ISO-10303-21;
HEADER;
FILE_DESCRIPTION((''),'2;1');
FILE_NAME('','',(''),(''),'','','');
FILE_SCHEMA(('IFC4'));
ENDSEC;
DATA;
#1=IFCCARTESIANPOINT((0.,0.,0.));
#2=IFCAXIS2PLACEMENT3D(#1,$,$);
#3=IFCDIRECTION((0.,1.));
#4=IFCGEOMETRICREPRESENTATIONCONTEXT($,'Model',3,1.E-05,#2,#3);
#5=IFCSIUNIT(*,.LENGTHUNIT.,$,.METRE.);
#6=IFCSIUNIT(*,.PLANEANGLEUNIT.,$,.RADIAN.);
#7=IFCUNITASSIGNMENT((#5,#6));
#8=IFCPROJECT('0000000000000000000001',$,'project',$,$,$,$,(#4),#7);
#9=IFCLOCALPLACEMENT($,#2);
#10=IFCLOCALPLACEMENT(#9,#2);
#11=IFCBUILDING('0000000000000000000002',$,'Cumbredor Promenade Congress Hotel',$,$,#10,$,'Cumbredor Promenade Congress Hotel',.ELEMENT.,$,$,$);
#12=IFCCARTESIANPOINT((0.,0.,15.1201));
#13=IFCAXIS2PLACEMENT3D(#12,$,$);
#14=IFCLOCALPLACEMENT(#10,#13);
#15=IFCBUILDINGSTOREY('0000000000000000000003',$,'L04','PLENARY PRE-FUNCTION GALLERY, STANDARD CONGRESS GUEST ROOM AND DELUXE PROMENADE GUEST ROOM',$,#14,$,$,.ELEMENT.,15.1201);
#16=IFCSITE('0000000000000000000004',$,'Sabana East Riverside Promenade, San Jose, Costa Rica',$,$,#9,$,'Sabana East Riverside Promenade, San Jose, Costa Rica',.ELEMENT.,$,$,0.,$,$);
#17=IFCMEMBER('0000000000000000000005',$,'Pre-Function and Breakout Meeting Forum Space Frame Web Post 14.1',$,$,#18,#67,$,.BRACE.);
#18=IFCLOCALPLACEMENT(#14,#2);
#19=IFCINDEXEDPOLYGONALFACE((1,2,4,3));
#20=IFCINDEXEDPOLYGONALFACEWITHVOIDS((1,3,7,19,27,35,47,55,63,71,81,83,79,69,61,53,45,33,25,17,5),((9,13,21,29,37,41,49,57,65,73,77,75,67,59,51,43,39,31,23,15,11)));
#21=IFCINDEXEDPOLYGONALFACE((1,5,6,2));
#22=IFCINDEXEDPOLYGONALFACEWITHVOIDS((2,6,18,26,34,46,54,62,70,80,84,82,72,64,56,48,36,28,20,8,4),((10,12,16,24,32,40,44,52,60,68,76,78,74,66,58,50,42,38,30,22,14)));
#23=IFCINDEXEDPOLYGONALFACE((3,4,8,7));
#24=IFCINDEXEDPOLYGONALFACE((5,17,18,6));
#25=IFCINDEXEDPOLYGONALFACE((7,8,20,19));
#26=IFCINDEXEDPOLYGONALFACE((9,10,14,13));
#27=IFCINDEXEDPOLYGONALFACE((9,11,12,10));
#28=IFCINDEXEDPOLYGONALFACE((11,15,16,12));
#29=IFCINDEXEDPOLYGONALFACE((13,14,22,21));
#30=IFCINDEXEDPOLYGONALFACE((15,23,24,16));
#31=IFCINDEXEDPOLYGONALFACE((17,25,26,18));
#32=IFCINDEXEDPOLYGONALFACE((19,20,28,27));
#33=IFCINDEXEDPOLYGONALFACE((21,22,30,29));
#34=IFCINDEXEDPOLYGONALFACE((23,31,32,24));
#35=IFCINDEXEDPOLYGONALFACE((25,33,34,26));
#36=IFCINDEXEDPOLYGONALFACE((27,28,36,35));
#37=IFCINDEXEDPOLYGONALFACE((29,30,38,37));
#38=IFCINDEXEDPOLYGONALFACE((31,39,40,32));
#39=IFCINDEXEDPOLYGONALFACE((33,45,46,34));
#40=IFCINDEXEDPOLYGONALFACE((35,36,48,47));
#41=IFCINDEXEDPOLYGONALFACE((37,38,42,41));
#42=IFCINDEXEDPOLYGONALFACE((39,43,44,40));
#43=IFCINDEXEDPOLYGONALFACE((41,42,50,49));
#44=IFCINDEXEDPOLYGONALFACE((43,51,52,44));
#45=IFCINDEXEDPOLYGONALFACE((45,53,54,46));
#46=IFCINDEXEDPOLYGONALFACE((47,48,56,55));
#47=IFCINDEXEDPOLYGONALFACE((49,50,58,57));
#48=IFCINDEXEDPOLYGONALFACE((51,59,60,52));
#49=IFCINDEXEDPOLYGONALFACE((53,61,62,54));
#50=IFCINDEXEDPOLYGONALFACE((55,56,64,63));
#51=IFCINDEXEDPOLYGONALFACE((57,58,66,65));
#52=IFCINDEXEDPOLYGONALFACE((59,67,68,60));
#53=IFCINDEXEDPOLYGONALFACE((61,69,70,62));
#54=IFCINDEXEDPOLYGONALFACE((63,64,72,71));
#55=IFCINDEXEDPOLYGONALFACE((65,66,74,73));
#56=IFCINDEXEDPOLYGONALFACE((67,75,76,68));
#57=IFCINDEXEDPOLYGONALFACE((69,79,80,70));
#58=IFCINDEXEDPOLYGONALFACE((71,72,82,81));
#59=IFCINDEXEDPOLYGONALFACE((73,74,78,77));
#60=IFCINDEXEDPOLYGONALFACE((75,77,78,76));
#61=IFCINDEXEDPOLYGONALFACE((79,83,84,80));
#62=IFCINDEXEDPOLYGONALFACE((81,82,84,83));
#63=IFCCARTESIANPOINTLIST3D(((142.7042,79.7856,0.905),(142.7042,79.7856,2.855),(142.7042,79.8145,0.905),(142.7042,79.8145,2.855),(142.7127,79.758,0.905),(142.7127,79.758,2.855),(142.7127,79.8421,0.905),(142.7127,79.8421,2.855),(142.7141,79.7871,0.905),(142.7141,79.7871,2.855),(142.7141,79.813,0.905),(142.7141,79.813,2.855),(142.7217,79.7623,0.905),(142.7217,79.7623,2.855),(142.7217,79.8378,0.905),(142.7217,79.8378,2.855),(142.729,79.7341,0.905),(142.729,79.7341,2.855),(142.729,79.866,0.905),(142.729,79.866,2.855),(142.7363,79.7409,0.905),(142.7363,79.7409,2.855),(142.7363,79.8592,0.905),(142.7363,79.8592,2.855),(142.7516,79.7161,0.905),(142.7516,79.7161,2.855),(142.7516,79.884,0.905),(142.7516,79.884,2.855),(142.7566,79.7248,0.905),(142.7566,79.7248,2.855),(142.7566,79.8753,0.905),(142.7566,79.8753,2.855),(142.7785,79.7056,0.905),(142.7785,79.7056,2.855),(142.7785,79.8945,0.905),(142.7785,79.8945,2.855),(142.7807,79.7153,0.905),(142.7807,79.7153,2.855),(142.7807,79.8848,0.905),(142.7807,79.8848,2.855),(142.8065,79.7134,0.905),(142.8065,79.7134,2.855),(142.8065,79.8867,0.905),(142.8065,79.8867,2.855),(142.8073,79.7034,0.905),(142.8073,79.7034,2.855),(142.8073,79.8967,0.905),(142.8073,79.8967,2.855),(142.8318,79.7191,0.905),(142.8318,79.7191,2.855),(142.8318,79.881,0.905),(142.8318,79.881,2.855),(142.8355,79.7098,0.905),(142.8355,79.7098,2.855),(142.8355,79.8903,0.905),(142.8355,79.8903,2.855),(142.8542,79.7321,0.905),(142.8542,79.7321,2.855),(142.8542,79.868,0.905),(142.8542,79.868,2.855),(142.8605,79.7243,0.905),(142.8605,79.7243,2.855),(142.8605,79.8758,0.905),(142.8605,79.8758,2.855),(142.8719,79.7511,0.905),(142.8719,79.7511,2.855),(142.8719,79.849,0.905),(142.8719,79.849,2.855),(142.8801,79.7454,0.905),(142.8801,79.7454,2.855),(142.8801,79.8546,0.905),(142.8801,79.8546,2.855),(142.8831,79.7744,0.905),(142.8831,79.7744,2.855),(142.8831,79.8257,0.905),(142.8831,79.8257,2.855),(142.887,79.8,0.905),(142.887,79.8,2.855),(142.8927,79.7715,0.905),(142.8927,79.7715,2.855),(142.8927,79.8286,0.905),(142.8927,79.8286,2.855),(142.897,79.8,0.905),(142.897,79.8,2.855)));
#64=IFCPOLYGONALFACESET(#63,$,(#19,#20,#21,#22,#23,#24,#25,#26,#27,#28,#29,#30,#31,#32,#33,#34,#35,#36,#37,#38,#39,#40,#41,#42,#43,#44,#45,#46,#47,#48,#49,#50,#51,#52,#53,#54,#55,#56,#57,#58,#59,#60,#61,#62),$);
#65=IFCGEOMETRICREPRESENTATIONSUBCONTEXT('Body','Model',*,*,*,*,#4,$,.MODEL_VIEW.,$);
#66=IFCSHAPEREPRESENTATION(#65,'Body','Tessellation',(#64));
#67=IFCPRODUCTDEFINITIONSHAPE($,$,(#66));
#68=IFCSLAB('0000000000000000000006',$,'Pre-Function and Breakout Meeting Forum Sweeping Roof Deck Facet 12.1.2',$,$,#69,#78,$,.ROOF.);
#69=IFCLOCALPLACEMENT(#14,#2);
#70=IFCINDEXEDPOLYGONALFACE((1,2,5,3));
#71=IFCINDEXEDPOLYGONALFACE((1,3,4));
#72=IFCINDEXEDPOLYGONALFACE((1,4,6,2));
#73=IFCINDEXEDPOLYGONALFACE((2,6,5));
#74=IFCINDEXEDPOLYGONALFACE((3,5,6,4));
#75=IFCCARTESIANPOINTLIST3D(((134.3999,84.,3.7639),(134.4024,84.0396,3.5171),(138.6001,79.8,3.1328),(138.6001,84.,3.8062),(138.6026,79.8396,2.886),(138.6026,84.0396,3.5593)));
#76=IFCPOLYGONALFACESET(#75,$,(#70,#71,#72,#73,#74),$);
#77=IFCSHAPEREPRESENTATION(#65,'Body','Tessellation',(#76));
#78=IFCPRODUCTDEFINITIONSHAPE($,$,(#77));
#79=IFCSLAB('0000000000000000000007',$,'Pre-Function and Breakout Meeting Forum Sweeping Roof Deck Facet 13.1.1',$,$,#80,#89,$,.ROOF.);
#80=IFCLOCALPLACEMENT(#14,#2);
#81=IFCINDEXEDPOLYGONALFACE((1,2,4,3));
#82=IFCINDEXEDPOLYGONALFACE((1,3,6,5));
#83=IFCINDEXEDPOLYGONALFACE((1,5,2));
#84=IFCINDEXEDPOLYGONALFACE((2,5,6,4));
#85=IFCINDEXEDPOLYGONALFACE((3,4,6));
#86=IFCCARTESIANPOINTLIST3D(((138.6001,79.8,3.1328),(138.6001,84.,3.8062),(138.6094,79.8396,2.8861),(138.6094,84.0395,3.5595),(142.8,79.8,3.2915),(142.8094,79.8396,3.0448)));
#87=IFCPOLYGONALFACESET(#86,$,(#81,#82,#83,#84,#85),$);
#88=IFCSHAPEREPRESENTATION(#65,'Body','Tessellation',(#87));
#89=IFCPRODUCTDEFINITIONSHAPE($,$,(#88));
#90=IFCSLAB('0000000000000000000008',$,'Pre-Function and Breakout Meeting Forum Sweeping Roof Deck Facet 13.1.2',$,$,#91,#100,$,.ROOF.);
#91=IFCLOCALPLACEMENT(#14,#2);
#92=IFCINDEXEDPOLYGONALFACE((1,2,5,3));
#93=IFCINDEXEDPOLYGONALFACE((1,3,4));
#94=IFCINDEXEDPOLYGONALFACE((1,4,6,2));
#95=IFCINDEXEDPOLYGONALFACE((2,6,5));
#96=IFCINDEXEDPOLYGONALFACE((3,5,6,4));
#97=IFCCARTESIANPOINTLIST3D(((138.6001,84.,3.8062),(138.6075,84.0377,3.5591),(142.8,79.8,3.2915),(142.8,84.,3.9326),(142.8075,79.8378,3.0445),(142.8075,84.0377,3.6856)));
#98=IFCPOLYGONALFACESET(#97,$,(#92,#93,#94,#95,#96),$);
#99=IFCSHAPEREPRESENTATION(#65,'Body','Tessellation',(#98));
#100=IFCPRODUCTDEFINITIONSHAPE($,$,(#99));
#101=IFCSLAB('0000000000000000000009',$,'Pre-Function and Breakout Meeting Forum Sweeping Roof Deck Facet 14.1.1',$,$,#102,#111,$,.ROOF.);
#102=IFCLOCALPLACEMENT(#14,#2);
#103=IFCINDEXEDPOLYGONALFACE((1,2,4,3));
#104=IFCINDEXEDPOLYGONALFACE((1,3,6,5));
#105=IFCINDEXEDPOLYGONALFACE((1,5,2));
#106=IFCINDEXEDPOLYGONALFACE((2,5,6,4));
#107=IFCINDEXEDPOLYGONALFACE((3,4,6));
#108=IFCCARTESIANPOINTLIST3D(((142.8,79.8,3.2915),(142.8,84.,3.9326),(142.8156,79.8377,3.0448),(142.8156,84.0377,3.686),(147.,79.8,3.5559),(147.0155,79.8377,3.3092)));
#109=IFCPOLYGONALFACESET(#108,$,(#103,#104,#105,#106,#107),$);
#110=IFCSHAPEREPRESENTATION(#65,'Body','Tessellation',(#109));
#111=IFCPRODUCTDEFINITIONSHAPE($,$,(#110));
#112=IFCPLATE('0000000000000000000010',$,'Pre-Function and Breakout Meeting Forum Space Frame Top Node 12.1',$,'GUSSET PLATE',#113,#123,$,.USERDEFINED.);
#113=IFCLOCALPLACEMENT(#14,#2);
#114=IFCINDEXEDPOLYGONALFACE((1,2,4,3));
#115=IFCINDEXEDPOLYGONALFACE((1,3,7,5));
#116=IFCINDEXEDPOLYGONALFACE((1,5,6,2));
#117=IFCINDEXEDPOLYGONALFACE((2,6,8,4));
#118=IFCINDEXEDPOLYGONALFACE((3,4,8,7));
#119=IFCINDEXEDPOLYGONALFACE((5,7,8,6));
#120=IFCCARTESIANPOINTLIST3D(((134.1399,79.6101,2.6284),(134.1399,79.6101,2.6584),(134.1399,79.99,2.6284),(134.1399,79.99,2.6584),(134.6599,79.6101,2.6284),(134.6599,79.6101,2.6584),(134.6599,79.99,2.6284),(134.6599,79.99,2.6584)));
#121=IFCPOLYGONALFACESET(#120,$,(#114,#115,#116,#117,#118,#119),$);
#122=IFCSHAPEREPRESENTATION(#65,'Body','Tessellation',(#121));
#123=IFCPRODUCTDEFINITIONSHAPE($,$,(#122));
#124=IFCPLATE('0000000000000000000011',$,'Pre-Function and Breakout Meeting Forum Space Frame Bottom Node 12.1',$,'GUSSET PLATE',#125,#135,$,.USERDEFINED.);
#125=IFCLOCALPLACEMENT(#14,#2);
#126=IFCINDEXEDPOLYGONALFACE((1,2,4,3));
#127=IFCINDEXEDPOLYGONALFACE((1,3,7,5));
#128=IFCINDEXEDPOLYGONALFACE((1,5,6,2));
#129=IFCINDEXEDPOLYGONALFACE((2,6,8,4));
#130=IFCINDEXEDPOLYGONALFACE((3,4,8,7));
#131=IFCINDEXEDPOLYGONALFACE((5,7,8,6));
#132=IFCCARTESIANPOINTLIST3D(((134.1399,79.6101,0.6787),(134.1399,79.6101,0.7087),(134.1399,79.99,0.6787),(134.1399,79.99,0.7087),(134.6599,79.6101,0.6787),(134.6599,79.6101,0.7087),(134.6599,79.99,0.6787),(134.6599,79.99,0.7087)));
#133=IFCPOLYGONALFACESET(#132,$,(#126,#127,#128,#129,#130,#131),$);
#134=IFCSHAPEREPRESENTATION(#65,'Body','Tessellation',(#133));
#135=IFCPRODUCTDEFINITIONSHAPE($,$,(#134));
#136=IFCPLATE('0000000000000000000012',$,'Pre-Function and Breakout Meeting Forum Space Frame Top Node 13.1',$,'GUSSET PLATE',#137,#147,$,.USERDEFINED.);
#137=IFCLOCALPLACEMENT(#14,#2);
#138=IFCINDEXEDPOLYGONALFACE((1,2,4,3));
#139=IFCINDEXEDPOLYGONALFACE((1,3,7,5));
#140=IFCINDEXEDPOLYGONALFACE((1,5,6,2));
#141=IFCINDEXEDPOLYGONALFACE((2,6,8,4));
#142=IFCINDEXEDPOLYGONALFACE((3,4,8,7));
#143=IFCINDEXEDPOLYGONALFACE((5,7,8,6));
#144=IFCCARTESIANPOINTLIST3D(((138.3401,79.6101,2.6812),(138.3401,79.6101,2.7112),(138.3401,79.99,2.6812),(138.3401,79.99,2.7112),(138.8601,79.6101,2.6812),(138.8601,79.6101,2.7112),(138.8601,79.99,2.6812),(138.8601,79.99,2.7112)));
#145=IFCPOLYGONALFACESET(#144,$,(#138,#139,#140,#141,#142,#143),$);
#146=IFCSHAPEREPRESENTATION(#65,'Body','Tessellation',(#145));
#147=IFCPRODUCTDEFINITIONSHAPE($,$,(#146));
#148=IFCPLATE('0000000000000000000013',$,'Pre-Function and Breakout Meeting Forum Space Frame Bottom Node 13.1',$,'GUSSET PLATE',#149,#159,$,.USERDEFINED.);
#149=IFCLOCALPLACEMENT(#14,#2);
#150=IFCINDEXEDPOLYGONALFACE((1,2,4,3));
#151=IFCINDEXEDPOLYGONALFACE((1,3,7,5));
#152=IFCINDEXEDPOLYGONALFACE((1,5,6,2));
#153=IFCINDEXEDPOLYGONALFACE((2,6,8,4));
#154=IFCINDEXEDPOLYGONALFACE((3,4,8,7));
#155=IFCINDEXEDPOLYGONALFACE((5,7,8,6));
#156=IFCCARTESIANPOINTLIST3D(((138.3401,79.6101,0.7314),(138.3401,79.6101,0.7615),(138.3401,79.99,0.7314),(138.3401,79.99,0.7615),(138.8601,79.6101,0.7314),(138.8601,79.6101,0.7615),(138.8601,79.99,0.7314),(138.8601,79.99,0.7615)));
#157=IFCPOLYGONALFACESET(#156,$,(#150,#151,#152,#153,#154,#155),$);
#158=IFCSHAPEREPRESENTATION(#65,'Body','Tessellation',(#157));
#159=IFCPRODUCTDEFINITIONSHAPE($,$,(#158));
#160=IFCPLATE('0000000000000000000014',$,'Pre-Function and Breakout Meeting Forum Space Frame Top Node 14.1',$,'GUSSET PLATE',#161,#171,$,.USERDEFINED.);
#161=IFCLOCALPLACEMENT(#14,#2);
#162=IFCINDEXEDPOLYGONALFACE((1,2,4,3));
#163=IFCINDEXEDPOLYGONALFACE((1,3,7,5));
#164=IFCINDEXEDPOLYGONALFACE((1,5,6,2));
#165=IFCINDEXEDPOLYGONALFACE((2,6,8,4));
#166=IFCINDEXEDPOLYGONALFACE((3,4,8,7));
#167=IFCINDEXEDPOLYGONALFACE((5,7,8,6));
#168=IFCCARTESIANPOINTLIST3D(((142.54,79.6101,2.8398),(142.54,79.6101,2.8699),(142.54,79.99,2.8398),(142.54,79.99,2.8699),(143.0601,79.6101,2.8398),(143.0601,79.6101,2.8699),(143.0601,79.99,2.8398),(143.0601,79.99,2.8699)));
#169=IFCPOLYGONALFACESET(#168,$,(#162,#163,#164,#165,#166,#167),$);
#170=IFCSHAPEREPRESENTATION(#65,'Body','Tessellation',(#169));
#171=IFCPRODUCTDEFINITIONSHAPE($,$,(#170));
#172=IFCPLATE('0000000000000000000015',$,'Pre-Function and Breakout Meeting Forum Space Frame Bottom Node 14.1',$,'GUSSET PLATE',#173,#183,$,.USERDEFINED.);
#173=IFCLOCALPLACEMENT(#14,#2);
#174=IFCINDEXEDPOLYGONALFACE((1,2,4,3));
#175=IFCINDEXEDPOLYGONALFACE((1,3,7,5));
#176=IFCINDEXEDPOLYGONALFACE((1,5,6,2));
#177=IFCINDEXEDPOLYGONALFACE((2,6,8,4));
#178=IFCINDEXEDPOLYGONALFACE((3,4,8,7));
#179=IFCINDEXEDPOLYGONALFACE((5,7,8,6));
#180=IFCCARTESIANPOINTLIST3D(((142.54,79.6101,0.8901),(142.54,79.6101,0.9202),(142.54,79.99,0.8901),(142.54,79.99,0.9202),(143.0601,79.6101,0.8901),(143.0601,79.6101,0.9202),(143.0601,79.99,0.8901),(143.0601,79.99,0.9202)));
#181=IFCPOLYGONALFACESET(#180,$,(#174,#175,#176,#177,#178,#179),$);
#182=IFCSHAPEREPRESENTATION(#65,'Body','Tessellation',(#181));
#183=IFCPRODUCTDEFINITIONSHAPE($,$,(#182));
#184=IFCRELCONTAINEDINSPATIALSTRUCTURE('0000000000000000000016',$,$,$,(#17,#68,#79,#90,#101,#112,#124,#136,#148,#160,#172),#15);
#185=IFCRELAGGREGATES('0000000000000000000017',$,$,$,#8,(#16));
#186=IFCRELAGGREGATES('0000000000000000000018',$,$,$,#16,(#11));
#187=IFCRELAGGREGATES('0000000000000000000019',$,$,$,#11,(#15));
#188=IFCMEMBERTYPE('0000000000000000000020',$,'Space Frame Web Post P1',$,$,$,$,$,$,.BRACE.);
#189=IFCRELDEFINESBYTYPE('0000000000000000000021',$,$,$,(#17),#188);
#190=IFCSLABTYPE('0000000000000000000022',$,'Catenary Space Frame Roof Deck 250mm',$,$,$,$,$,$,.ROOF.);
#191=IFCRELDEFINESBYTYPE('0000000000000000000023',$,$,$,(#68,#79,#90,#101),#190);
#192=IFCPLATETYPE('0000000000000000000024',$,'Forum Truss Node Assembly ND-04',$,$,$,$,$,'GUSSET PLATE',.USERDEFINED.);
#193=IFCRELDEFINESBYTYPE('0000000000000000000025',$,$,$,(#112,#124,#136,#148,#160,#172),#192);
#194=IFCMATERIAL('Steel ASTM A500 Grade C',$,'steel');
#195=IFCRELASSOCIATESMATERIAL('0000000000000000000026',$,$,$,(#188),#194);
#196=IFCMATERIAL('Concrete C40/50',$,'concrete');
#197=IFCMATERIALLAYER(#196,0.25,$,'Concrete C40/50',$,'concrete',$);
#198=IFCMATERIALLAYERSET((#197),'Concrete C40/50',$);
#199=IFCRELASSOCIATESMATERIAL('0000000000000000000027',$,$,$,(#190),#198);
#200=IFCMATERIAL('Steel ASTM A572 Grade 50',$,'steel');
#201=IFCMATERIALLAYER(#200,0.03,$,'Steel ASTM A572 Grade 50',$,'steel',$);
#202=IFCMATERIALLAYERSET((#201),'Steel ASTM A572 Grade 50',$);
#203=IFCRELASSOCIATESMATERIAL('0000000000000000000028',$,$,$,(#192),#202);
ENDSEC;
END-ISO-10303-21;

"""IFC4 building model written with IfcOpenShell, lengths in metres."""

from ifc_helpers import new_model, si_unit, direction, frame, origin, origin_2d, place, context, subcontext, project, spatial, polyline, rectangle, hollow_circle, outline, extrude, material, layer, layer_set, material_profile, profile_set, type_object, element, save


model = new_model("IFC4")

# Units and contexts
model_context = context("Model", 3, precision=1e-05, world=origin(), true_north=direction((0.0, 1.0)))
body_context = subcontext(model_context, "Body", "Model", "MODEL_VIEW")
ifc_project = project(units=[si_unit("LENGTHUNIT", "METRE"), si_unit("PLANEANGLEUNIT", "RADIAN")], contexts=[model_context])

# Site, building, storey
site_placement = place(None, origin())
site = spatial("IfcSite", under=ifc_project, at=site_placement, Name="Sabana East Riverside Promenade, San Jose, Costa Rica", LongName="Sabana East Riverside Promenade, San Jose, Costa Rica", CompositionType="ELEMENT", RefElevation=0.0)
building_placement = place(site_placement, origin())
building = spatial("IfcBuilding", under=site, at=building_placement, Name="Cumbredor Promenade Congress Hotel", LongName="Cumbredor Promenade Congress Hotel", CompositionType="ELEMENT")
storey_placement = place(building_placement, frame((0.0, 0.0, 15.1201)))
storey = spatial("IfcBuildingStorey", under=building, at=storey_placement, Name="L04", Description="PLENARY PRE-FUNCTION GALLERY, STANDARD CONGRESS GUEST ROOM AND DELUXE PROMENADE GUEST ROOM", CompositionType="ELEMENT", Elevation=15.1201)

# Member
ifc_material_1 = material(Name="Steel ASTM A500 Grade C", Category="steel")
ifc_material_profile_1 = material_profile(ifc_material_1, hollow_circle(Radius=0.0969, WallThickness=0.01, at=origin_2d()), Name="CHS 193.7x10")
ifc_profile_set_1 = profile_set([ifc_material_profile_1], Name="Steel ASTM A500 Grade C")
member_type_1 = type_object("IfcMemberType", Name="Space Frame Web Post P1", PredefinedType="BRACE", material=ifc_profile_set_1)
for number, where, z_axis, x_axis, name in (
    (1, (142.8, 79.8, 0.905), (0.0, 0.0, 1.0), (1.0, 0.0, 0.0), "Pre-Function and Breakout Meeting Forum Space Frame Web Post 14.1"),
):
    element("IfcMember", number, at=place(storey_placement, frame(where, z_axis=z_axis, x_axis=x_axis)), inside=storey, type_object=member_type_1, Name=name, PredefinedType="BRACE", context=body_context, shape_type="SweptSolid", body=[
        extrude(hollow_circle(Radius=0.0969, WallThickness=0.01, at=origin_2d()), origin(), (0.0, 0.0, 1.0), 1.95),
    ])

# Slabs
ifc_material_2 = material(Name="Concrete C40/50", Category="concrete")
ifc_layer_1 = layer(ifc_material_2, 0.25, Name="Concrete C40/50", Category="concrete")
ifc_layer_set_1 = layer_set([ifc_layer_1], Name="Concrete C40/50")
slab_type = type_object("IfcSlabType", Name="Catenary Space Frame Roof Deck 250mm", PredefinedType="ROOF", material=ifc_layer_set_1)
slab_1_placement = place(storey_placement, frame((138.6001, 79.8, 3.1328), z_axis=(-0.009929, -0.158292, 0.987342), x_axis=(0.0, 0.987391, 0.158299)))
element("IfcSlab", 2, at=slab_1_placement, inside=storey, type_object=slab_type, Name="Pre-Function and Breakout Meeting Forum Sweeping Roof Deck Facet 12.1.2", PredefinedType="ROOF", context=body_context, shape_type="SweptSolid", body=[
    extrude(outline(polyline([(0.0, 0.0), (4.2536, 0.0), (4.2469, 4.2004), (0.0, 0.0)])), origin(), (0.0, 0.0, -1.0), 0.25),
])
slab_2_placement = place(storey_placement, frame((138.6001, 79.8, 3.1328), z_axis=(-0.037282, -0.158189, 0.986705), x_axis=(0.999287, 0.0, 0.037757)))
element("IfcSlab", 3, at=slab_2_placement, inside=storey, type_object=slab_type, Name="Pre-Function and Breakout Meeting Forum Sweeping Roof Deck Facet 13.1.1", PredefinedType="ROOF", context=body_context, shape_type="SweptSolid", body=[
    extrude(outline(polyline([(0.0, 0.0), (4.2029, 0.0), (0.0254, 4.2535), (0.0, 0.0)])), origin(), (0.0, 0.0, -1.0), 0.25),
])
slab_3_placement = place(storey_placement, frame((142.8, 79.8, 3.2915), z_axis=(-0.029753, -0.150833, 0.988111), x_axis=(0.0, 0.988549, 0.1509)))
element("IfcSlab", 4, at=slab_3_placement, inside=storey, type_object=slab_type, Name="Pre-Function and Breakout Meeting Forum Sweeping Roof Deck Facet 13.1.2", PredefinedType="ROOF", context=body_context, shape_type="SweptSolid", body=[
    extrude(outline(polyline([(0.0, 0.0), (4.2486, 0.0), (4.2295, 4.2018), (0.0, 0.0)])), origin(), (0.0, 0.0, -1.0), 0.25),
])
slab_4_placement = place(storey_placement, frame((142.8, 79.8, 3.2915), z_axis=(-0.062113, -0.150608, 0.98664), x_axis=(0.998024, 0.0, 0.06283)))
element("IfcSlab", 5, at=slab_4_placement, inside=storey, type_object=slab_type, Name="Pre-Function and Breakout Meeting Forum Sweeping Roof Deck Facet 14.1.1", PredefinedType="ROOF", context=body_context, shape_type="SweptSolid", body=[
    extrude(outline(polyline([(0.0, 0.0), (4.2083, 0.0), (0.0403, 4.2484), (0.0, 0.0)])), origin(), (0.0, 0.0, -1.0), 0.25),
])

# Plates
ifc_material_3 = material(Name="Steel ASTM A572 Grade 50", Category="steel")
ifc_layer_2 = layer(ifc_material_3, 0.03, Name="Steel ASTM A572 Grade 50", Category="steel")
ifc_layer_set_2 = layer_set([ifc_layer_2], Name="Steel ASTM A572 Grade 50")
plate_type = type_object("IfcPlateType", Name="Forum Truss Node Assembly ND-04", ElementType="GUSSET PLATE", PredefinedType="USERDEFINED", material=ifc_layer_set_2)
for number, where, z_axis, x_axis, name in (
    (6, (134.3999, 79.8, 2.6284), (0.0, 0.0, 1.0), (1.0, 0.0, 0.0), "Pre-Function and Breakout Meeting Forum Space Frame Top Node 12.1"),
    (7, (134.3999, 79.8, 0.6787), (0.0, 0.0, 1.0), (1.0, 0.0, 0.0), "Pre-Function and Breakout Meeting Forum Space Frame Bottom Node 12.1"),
    (8, (138.6001, 79.8, 2.6812), (0.0, 0.0, 1.0), (1.0, 0.0, 0.0), "Pre-Function and Breakout Meeting Forum Space Frame Top Node 13.1"),
    (9, (138.6001, 79.8, 0.7314), (0.0, 0.0, 1.0), (1.0, 0.0, 0.0), "Pre-Function and Breakout Meeting Forum Space Frame Bottom Node 13.1"),
    (10, (142.8, 79.8, 2.8398), (0.0, 0.0, 1.0), (1.0, 0.0, 0.0), "Pre-Function and Breakout Meeting Forum Space Frame Top Node 14.1"),
    (11, (142.8, 79.8, 0.8901), (0.0, 0.0, 1.0), (1.0, 0.0, 0.0), "Pre-Function and Breakout Meeting Forum Space Frame Bottom Node 14.1"),
):
    element("IfcPlate", number, at=place(storey_placement, frame(where, z_axis=z_axis, x_axis=x_axis)), inside=storey, type_object=plate_type, Name=name, ObjectType="GUSSET PLATE", PredefinedType="USERDEFINED", context=body_context, shape_type="SweptSolid", body=[
        extrude(rectangle(XDim=0.52, YDim=0.3799, at=origin_2d()), origin(), (0.0, 0.0, 1.0), 0.03),
    ])

save(model, "model.ifc")
